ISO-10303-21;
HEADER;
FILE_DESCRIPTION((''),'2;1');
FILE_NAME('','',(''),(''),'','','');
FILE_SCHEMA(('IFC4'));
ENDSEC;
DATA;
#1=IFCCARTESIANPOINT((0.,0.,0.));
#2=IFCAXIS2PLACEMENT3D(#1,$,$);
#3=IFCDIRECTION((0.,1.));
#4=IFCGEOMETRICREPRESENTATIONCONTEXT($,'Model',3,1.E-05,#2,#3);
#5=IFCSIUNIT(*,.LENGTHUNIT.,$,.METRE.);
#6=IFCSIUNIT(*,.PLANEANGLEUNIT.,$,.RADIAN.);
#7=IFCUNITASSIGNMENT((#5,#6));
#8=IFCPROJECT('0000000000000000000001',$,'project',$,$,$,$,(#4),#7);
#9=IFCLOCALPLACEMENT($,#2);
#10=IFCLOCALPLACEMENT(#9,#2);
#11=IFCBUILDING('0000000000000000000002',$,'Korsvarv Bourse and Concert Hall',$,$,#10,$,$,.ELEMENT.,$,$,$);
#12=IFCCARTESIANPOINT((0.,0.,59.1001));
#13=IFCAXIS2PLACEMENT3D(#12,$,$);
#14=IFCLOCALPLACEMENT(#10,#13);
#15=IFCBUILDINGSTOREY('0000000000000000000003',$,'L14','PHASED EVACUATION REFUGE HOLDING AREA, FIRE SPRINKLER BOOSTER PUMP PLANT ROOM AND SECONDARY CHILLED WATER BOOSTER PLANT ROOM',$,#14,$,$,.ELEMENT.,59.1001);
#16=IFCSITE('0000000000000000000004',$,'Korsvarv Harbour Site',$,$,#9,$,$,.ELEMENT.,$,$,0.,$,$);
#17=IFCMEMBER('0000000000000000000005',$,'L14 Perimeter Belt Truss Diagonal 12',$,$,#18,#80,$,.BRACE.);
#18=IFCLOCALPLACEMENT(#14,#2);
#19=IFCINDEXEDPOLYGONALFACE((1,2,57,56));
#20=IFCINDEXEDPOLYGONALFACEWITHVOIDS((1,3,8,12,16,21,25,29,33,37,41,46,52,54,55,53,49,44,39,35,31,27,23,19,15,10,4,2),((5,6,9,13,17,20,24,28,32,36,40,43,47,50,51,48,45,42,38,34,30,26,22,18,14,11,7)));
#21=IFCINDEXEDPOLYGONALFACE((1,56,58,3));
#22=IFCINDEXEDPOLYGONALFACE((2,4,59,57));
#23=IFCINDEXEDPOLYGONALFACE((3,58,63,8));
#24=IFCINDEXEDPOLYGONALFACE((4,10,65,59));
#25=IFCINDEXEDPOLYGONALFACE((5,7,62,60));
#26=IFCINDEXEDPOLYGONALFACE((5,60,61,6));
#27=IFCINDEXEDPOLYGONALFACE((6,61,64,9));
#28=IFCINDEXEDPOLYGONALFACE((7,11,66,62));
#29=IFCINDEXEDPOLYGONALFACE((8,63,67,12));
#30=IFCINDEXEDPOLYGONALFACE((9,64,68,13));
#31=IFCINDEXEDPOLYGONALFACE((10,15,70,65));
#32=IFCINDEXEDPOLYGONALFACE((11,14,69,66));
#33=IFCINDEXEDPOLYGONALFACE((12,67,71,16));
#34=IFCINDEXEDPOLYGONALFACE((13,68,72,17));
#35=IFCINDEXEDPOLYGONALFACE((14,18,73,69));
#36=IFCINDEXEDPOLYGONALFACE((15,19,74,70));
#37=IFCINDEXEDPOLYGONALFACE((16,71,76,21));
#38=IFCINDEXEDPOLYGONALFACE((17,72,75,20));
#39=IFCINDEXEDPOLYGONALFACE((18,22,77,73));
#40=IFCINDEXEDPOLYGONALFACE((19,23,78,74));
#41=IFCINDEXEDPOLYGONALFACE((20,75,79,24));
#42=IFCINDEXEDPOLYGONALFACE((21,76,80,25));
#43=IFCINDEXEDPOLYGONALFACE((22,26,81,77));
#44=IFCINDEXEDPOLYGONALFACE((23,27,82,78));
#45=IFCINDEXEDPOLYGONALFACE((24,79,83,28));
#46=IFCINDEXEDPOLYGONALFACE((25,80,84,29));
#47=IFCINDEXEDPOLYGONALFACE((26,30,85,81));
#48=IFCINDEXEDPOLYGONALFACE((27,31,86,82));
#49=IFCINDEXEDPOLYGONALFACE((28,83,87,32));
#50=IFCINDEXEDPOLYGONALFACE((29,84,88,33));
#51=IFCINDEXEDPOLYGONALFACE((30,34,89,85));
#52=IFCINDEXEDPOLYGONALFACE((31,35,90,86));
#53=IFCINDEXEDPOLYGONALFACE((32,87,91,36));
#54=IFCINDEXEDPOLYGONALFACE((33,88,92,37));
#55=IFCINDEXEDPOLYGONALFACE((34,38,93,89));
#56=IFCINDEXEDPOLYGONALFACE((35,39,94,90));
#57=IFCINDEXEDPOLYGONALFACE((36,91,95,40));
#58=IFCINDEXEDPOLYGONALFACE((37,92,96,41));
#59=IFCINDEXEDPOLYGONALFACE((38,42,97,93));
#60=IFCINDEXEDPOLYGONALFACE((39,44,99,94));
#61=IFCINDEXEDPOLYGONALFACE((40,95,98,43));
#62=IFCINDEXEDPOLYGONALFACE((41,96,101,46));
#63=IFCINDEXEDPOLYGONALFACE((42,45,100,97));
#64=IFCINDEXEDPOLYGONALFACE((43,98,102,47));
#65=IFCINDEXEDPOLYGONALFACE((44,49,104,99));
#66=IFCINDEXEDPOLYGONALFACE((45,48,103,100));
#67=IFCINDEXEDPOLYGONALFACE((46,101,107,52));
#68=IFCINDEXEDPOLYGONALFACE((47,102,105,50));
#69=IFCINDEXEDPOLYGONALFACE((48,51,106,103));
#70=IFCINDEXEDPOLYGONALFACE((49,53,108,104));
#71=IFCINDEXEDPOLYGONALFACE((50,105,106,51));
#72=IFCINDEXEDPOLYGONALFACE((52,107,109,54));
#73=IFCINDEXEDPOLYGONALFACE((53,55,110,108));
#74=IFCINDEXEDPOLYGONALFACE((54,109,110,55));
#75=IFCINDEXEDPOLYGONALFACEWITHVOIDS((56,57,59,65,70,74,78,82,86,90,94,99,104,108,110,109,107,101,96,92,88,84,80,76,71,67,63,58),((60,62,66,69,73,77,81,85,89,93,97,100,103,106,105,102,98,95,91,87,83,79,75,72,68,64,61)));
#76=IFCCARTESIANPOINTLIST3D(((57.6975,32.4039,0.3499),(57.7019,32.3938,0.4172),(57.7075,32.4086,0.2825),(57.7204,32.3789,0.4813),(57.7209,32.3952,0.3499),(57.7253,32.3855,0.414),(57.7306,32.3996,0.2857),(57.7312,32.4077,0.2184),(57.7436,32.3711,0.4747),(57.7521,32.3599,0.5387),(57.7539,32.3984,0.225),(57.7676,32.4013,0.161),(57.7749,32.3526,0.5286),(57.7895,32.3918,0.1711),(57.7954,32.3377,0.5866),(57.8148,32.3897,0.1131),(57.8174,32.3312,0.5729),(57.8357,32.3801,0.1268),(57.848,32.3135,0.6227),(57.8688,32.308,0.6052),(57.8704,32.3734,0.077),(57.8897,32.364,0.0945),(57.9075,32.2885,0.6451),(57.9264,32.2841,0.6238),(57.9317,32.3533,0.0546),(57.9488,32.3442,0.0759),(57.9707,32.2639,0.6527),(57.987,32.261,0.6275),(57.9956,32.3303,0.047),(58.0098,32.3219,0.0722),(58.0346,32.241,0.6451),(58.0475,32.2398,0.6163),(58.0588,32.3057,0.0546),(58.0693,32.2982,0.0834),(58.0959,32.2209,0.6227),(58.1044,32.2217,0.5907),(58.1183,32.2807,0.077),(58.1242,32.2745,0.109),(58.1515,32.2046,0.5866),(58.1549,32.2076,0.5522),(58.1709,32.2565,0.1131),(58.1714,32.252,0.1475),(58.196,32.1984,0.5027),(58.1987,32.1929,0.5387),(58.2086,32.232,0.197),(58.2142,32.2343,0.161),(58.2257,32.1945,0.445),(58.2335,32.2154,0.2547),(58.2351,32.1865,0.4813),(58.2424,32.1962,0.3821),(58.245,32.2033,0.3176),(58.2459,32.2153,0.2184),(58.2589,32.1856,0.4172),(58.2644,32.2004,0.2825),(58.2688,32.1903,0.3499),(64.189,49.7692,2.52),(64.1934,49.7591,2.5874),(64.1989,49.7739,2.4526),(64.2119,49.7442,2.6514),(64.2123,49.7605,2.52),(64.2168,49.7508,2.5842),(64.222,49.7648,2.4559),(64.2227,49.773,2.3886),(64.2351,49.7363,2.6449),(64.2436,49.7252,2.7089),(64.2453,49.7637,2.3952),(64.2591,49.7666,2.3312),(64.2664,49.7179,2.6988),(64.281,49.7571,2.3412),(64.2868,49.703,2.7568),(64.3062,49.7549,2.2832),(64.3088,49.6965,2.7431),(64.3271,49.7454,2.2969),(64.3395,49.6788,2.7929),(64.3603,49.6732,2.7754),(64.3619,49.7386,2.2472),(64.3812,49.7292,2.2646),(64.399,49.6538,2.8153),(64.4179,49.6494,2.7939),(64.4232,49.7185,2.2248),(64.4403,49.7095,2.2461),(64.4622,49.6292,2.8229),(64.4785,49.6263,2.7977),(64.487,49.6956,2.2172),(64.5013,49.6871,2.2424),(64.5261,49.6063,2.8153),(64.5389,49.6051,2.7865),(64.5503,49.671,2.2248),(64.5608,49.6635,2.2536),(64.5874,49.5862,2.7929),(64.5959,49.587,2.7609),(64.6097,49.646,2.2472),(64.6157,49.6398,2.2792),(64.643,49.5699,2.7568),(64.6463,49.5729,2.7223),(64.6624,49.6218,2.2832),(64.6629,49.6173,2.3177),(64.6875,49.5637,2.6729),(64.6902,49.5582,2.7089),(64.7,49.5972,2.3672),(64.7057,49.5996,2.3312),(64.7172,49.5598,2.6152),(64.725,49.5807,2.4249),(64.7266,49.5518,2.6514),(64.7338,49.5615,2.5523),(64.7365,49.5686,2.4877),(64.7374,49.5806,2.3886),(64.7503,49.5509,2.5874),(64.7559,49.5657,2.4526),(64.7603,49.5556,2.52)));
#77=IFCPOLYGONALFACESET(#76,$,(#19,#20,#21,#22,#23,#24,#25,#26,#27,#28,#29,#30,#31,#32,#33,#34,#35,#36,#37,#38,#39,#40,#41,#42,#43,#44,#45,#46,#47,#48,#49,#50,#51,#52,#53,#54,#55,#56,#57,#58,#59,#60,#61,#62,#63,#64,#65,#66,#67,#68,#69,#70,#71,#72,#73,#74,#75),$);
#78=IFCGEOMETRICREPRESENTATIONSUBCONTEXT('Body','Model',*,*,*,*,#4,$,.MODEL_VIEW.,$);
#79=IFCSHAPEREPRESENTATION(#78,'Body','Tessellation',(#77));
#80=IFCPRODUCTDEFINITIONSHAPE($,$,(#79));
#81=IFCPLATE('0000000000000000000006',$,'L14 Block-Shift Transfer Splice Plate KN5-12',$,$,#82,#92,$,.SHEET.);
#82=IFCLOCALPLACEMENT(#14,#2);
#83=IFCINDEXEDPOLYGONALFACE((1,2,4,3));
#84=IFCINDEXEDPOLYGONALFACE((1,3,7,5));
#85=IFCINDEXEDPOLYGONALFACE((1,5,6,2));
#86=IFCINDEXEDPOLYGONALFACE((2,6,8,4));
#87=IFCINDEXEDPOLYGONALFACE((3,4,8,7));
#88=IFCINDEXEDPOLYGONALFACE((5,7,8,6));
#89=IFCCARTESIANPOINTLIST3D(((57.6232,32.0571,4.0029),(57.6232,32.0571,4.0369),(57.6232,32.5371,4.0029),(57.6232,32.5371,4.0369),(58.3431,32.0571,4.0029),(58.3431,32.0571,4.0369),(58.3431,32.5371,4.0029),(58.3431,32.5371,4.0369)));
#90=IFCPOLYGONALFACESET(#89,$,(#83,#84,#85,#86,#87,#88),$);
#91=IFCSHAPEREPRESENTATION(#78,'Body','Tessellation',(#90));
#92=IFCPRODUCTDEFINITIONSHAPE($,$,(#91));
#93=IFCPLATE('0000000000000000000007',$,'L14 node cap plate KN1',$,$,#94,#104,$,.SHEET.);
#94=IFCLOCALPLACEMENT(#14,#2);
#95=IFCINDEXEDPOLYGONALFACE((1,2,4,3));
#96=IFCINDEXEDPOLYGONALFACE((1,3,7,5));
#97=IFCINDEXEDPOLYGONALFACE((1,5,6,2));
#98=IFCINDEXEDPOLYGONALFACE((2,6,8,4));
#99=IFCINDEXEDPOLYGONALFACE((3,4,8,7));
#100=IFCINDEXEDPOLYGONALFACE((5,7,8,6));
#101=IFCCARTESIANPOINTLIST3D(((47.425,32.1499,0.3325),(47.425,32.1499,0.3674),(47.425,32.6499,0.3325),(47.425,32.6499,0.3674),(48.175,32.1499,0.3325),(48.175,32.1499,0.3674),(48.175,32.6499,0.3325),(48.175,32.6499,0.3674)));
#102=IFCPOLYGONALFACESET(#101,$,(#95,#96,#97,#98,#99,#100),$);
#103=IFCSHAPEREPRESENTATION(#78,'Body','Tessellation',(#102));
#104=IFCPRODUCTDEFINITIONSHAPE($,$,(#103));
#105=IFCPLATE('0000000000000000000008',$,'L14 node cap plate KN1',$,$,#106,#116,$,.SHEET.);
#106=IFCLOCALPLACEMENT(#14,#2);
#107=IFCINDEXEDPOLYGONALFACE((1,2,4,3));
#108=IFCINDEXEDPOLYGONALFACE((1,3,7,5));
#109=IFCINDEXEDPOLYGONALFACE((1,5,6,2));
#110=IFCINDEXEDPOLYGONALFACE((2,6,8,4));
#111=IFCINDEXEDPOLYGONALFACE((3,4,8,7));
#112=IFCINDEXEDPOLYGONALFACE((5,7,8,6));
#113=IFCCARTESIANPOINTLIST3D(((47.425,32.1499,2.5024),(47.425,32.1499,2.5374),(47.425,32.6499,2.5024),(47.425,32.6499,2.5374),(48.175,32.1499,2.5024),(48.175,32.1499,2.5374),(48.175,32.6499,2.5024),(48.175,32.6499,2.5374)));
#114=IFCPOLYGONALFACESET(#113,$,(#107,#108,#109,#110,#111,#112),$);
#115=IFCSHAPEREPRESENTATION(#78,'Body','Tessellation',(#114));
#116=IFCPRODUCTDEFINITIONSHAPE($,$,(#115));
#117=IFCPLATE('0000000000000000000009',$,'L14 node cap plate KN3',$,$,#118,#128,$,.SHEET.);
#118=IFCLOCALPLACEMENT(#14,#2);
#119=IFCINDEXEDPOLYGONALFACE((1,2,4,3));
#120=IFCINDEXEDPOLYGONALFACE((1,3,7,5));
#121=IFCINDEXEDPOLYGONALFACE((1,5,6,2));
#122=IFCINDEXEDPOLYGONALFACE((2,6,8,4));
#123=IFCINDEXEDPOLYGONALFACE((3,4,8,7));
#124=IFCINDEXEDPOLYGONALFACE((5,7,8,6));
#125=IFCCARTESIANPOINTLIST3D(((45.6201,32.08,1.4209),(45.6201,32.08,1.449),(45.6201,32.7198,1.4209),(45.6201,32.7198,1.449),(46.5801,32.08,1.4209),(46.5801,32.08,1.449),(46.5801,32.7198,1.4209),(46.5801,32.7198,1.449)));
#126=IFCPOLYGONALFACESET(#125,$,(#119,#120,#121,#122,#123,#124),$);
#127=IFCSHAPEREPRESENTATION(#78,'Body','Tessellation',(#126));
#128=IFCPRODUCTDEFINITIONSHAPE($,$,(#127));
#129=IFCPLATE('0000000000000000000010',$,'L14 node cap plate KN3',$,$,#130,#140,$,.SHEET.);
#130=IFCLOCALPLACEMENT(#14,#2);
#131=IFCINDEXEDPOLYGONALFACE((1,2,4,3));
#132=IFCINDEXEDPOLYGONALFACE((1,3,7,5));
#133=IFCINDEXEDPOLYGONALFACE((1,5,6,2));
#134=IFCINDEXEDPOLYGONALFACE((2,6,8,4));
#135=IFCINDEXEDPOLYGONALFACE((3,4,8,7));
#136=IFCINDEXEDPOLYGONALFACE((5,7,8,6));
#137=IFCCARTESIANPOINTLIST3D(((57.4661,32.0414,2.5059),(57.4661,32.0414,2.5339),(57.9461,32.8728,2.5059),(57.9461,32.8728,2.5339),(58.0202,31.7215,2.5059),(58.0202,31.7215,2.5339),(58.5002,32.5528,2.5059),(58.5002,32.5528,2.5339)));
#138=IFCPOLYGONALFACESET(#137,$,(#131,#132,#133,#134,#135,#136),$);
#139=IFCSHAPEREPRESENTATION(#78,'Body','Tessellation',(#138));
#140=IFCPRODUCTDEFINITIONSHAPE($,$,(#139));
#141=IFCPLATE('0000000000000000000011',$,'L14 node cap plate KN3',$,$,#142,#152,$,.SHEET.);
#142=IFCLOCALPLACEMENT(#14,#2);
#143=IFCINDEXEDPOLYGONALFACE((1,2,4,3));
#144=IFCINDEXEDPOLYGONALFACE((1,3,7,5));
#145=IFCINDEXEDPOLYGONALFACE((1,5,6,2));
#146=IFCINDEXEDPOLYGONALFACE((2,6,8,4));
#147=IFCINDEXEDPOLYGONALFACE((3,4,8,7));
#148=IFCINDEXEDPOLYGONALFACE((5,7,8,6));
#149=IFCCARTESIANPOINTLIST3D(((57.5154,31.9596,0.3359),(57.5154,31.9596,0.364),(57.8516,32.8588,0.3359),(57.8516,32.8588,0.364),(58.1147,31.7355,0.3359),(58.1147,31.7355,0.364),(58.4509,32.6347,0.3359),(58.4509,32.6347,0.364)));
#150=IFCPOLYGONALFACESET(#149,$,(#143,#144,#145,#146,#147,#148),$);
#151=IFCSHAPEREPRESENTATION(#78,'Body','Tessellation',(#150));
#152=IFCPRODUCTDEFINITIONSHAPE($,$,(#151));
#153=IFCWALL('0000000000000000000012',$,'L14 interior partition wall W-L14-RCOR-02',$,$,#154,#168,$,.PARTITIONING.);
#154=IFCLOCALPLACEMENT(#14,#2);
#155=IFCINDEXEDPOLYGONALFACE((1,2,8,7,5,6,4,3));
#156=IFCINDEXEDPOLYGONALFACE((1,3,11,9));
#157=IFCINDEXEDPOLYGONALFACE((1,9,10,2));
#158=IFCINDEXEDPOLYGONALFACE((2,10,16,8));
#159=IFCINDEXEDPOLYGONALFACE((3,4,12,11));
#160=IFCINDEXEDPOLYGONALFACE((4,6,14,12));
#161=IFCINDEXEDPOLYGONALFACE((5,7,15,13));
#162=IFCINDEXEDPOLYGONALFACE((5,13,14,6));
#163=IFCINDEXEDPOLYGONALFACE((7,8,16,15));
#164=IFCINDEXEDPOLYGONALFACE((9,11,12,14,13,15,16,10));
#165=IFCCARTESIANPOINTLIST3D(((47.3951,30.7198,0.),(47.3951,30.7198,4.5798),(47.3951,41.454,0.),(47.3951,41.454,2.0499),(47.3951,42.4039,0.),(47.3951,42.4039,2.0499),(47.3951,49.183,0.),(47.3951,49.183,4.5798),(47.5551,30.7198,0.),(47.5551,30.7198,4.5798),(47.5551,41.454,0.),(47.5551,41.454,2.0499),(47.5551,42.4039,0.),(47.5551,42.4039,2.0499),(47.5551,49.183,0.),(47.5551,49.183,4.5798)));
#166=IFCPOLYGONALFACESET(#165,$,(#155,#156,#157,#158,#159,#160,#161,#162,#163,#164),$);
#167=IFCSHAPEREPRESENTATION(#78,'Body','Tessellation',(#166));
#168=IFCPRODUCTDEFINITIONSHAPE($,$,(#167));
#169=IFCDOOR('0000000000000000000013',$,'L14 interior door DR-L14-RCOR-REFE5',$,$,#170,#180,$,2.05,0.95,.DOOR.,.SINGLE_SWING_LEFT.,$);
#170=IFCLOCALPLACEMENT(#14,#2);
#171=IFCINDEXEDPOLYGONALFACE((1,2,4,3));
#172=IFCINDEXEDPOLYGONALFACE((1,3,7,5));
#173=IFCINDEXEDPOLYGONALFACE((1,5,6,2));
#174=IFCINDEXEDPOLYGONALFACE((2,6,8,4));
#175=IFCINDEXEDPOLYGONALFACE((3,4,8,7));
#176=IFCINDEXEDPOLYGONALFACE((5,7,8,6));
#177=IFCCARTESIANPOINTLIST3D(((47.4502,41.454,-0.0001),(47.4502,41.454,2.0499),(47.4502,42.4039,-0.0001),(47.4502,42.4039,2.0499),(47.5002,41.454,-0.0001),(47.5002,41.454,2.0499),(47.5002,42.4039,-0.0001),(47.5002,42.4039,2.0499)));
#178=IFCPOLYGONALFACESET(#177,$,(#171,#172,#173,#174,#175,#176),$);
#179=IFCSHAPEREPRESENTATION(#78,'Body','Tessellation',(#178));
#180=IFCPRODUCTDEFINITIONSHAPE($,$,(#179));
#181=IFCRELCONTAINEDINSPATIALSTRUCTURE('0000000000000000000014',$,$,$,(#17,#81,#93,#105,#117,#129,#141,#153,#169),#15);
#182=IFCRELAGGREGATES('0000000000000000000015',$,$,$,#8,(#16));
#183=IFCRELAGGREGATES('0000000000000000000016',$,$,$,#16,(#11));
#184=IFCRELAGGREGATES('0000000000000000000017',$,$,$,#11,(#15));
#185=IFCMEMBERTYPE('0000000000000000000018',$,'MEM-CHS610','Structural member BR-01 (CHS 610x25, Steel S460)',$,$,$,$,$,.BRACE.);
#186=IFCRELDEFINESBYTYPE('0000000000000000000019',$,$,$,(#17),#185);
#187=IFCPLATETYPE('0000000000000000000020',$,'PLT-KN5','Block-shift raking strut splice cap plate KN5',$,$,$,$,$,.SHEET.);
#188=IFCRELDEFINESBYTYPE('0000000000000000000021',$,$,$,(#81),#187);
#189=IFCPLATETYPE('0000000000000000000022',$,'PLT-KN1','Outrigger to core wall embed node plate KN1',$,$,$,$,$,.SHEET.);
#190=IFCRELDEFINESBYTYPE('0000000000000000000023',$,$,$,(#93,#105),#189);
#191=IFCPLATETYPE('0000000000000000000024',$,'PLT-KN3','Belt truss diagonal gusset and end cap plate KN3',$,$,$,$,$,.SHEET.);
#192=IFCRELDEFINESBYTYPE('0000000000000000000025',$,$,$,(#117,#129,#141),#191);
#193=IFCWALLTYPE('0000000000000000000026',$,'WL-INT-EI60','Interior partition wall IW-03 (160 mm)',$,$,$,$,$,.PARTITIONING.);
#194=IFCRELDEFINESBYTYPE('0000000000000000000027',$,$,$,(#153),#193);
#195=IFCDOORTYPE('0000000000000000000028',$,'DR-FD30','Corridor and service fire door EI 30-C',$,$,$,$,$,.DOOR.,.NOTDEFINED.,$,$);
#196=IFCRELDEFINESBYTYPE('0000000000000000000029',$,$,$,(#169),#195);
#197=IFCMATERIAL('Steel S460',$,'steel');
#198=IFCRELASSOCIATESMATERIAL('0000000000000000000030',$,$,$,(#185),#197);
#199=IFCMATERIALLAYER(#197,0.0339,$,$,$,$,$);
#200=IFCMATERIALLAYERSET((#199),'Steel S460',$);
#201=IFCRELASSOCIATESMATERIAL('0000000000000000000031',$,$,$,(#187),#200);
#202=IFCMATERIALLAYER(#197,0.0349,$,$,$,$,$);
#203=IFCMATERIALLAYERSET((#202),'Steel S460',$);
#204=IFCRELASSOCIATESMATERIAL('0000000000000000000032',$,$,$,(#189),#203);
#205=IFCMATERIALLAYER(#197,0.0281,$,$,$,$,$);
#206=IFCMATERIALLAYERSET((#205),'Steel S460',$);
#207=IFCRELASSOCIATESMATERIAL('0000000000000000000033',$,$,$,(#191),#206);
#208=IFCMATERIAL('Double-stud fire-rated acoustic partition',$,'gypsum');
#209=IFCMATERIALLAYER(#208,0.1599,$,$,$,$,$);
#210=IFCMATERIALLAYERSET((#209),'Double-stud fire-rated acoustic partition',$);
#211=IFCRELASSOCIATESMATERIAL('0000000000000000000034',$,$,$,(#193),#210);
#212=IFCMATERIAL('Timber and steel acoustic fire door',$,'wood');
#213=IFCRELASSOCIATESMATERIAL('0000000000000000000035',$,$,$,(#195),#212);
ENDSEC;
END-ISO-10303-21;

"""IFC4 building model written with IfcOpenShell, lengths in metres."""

from ifc_helpers import new_model, si_unit, direction, frame, frame_2d, origin, origin_2d, place, context, subcontext, project, spatial, rectangle, hollow_circle, extrude, source, transform, mapped, material, layer, layer_set, material_profile, profile_set, type_object, element, fill, save


model = new_model("IFC4")

# Units and contexts
model_context = context("Model", 3, precision=1e-05, world=origin(), true_north=direction((0.0, 1.0)))
body_context = subcontext(model_context, "Body", "Model", "MODEL_VIEW")
ifc_project = project(units=[si_unit("LENGTHUNIT", "METRE"), si_unit("PLANEANGLEUNIT", "RADIAN")], contexts=[model_context])

# Site, building, storey
site_placement = place(None, origin())
site = spatial("IfcSite", under=ifc_project, at=site_placement, Name="Korsvarv Harbour Site", CompositionType="ELEMENT", RefElevation=0.0)
building_placement = place(site_placement, origin())
building = spatial("IfcBuilding", under=site, at=building_placement, Name="Korsvarv Bourse and Concert Hall", CompositionType="ELEMENT")
storey_placement = place(building_placement, frame((0.0, 0.0, 59.1001)))
storey = spatial("IfcBuildingStorey", under=building, at=storey_placement, Name="L14", Description="PHASED EVACUATION REFUGE HOLDING AREA, FIRE SPRINKLER BOOSTER PUMP PLANT ROOM AND SECONDARY CHILLED WATER BOOSTER PLANT ROOM", CompositionType="ELEMENT", Elevation=59.1001)

# Shared definitions
ifc_material_1 = material(Name="Steel S460", Category="steel")

# Member
ifc_material_profile_1 = material_profile(ifc_material_1, hollow_circle(Radius=0.3049, WallThickness=0.0249, at=origin_2d()), Name="CHS 610x25")
ifc_profile_set_1 = profile_set([ifc_material_profile_1], Name="Steel S460")
member_type_1 = type_object("IfcMemberType", Name="MEM-CHS610", Description="Structural member BR-01 (CHS 610x25, Steel S460)", PredefinedType="BRACE", material=ifc_profile_set_1)
shared_shape_1 = source(origin(), body_context, "Body", "SweptSolid", [
    extrude(hollow_circle(Radius=0.3049, WallThickness=0.0249, at=origin_2d()), origin(), (0.0, 0.0, 1.0), 18.6655),
])
member_1_placement = place(storey_placement, frame((57.9832, 32.2971, 0.3499), z_axis=(0.347779, 0.93034, 0.116266), x_axis=(-0.936692, 0.350153, 0.0)))
element("IfcMember", 1, at=member_1_placement, inside=storey, type_object=member_type_1, Name="L14 Perimeter Belt Truss Diagonal 12", PredefinedType="BRACE", context=body_context, shape_type="MappedRepresentation", body=[
    mapped(shared_shape_1, transform((0.0, 0.0, 0.0), scale=1.0)),
])

# Plates
ifc_layer_1 = layer(ifc_material_1, 0.0339)
ifc_layer_set_1 = layer_set([ifc_layer_1], Name="Steel S460")
plate_type_1 = type_object("IfcPlateType", Name="PLT-KN5", Description="Block-shift raking strut splice cap plate KN5", PredefinedType="SHEET", material=ifc_layer_set_1)
shared_shape_2 = source(origin(), body_context, "Body", "SweptSolid", [
    extrude(rectangle(XDim=0.72, YDim=0.48, at=origin_2d()), origin(), (0.0, 0.0, 1.0), 0.0339),
])
plate_placement = place(storey_placement, frame((57.9832, 32.2971, 4.0029), z_axis=(0.0, 0.0, 1.0), x_axis=(1.0, 0.0, 0.0)))
element("IfcPlate", 2, at=plate_placement, inside=storey, type_object=plate_type_1, Name="L14 Block-Shift Transfer Splice Plate KN5-12", PredefinedType="SHEET", context=body_context, shape_type="MappedRepresentation", body=[
    mapped(shared_shape_2, transform((0.0, 0.0, 0.0), scale=1.0)),
])
ifc_layer_2 = layer(ifc_material_1, 0.0349)
ifc_layer_set_2 = layer_set([ifc_layer_2], Name="Steel S460")
plate_type_2 = type_object("IfcPlateType", Name="PLT-KN1", Description="Outrigger to core wall embed node plate KN1", PredefinedType="SHEET", material=ifc_layer_set_2)
shared_shape_3 = source(origin(), body_context, "Body", "SweptSolid", [
    extrude(rectangle(XDim=0.75, YDim=0.5, at=origin_2d()), origin(), (0.0, 0.0, 1.0), 0.0349),
])
for number, where, z_axis, x_axis, name in (
    (3, (47.8, 32.3999, 0.3325), (0.0, 0.0, 1.0), (1.0, 0.0, 0.0), "L14 node cap plate KN1"),
    (4, (47.8, 32.3999, 2.5024), (0.0, 0.0, 1.0), (1.0, 0.0, 0.0), "L14 node cap plate KN1"),
):
    element("IfcPlate", number, at=place(storey_placement, frame(where, z_axis=z_axis, x_axis=x_axis)), inside=storey, type_object=plate_type_2, Name=name, PredefinedType="SHEET", context=body_context, shape_type="MappedRepresentation", body=[
        mapped(shared_shape_3, transform((0.0, 0.0, 0.0), scale=1.0)),
    ])
ifc_layer_3 = layer(ifc_material_1, 0.0281)
ifc_layer_set_3 = layer_set([ifc_layer_3], Name="Steel S460")
plate_type_3 = type_object("IfcPlateType", Name="PLT-KN3", Description="Belt truss diagonal gusset and end cap plate KN3", PredefinedType="SHEET", material=ifc_layer_set_3)
shared_shape_4 = source(origin(), body_context, "Body", "SweptSolid", [
    extrude(rectangle(XDim=0.96, YDim=0.6399, at=origin_2d()), origin(), (0.0, 0.0, 1.0), 0.0281),
])
for number, where, z_axis, x_axis, name in (
    (5, (46.1001, 32.3999, 1.4209), (0.0, 0.0, 1.0), (1.0, 0.0, 0.0), "L14 node cap plate KN3"),
    (6, (57.9832, 32.2971, 2.5059), (0.0, 0.0, 1.0), (0.5, 0.866025, 0.0), "L14 node cap plate KN3"),
    (7, (57.9832, 32.2971, 0.3359), (0.0, 0.0, 1.0), (0.350207, 0.936672, 0.0), "L14 node cap plate KN3"),
):
    element("IfcPlate", number, at=place(storey_placement, frame(where, z_axis=z_axis, x_axis=x_axis)), inside=storey, type_object=plate_type_3, Name=name, PredefinedType="SHEET", context=body_context, shape_type="MappedRepresentation", body=[
        mapped(shared_shape_4, transform((0.0, 0.0, 0.0), scale=1.0)),
    ])

# Wall, opening, door
ifc_material_2 = material(Name="Double-stud fire-rated acoustic partition", Category="gypsum")
ifc_layer_4 = layer(ifc_material_2, 0.1599)
ifc_layer_set_4 = layer_set([ifc_layer_4], Name="Double-stud fire-rated acoustic partition")
wall_type = type_object("IfcWallType", Name="WL-INT-EI60", Description="Interior partition wall IW-03 (160 mm)", PredefinedType="PARTITIONING", material=ifc_layer_set_4)
wall_1_placement = place(storey_placement, frame((47.4751, 30.72, 0.0), z_axis=(0.0, 0.0, 1.0), x_axis=(0.0, 1.0, 0.0)))
wall_1 = element("IfcWall", 8, at=wall_1_placement, inside=storey, type_object=wall_type, Name="L14 interior partition wall W-L14-RCOR-02", PredefinedType="PARTITIONING", context=body_context, shape_type="SweptSolid", body=[
    extrude(rectangle(XDim=18.4631, YDim=0.1599, at=frame_2d((9.2314, 0.0))), origin(), (0.0, 0.0, 1.0), 4.5798),
])
opening_1_placement = place(wall_1_placement, frame((10.7339, 0.0, 0.0)))
opening_1 = element("IfcOpeningElement", 9, at=opening_1_placement, cuts=wall_1, PredefinedType="OPENING", context=body_context, shape_type="SweptSolid", body=[
    extrude(rectangle(XDim=0.95, YDim=2.05, at=frame_2d((0.4751, 1.0249))), frame((0.0, 0.0898, 0.0), z_axis=(0.0, -1.0, 0.0), x_axis=(1.0, 0.0, 0.0)), (0.0, 0.0, 1.0), 0.1799),
])
ifc_material_3 = material(Name="Timber and steel acoustic fire door", Category="wood")
door_type = type_object("IfcDoorType", Name="DR-FD30", Description="Corridor and service fire door EI 30-C", OperationType="NOTDEFINED", PredefinedType="DOOR", material=ifc_material_3)
door_1_placement = place(opening_1_placement, origin())
door_1 = element("IfcDoor", 10, at=door_1_placement, inside=storey, type_object=door_type, Name="L14 interior door DR-L14-RCOR-REFE5", OperationType="SINGLE_SWING_LEFT", OverallHeight=2.05, OverallWidth=0.95, PredefinedType="DOOR", context=body_context, shape_type="SweptSolid", body=[
    extrude(rectangle(XDim=0.95, YDim=2.05, at=frame_2d((0.4751, 1.0249))), frame((0.0, 0.0249, 0.0), z_axis=(0.0, -1.0, 0.0), x_axis=(1.0, 0.0, 0.0)), (0.0, 0.0, 1.0), 0.05),
])
fill(opening_1, door_1)

save(model, "model.ifc")
